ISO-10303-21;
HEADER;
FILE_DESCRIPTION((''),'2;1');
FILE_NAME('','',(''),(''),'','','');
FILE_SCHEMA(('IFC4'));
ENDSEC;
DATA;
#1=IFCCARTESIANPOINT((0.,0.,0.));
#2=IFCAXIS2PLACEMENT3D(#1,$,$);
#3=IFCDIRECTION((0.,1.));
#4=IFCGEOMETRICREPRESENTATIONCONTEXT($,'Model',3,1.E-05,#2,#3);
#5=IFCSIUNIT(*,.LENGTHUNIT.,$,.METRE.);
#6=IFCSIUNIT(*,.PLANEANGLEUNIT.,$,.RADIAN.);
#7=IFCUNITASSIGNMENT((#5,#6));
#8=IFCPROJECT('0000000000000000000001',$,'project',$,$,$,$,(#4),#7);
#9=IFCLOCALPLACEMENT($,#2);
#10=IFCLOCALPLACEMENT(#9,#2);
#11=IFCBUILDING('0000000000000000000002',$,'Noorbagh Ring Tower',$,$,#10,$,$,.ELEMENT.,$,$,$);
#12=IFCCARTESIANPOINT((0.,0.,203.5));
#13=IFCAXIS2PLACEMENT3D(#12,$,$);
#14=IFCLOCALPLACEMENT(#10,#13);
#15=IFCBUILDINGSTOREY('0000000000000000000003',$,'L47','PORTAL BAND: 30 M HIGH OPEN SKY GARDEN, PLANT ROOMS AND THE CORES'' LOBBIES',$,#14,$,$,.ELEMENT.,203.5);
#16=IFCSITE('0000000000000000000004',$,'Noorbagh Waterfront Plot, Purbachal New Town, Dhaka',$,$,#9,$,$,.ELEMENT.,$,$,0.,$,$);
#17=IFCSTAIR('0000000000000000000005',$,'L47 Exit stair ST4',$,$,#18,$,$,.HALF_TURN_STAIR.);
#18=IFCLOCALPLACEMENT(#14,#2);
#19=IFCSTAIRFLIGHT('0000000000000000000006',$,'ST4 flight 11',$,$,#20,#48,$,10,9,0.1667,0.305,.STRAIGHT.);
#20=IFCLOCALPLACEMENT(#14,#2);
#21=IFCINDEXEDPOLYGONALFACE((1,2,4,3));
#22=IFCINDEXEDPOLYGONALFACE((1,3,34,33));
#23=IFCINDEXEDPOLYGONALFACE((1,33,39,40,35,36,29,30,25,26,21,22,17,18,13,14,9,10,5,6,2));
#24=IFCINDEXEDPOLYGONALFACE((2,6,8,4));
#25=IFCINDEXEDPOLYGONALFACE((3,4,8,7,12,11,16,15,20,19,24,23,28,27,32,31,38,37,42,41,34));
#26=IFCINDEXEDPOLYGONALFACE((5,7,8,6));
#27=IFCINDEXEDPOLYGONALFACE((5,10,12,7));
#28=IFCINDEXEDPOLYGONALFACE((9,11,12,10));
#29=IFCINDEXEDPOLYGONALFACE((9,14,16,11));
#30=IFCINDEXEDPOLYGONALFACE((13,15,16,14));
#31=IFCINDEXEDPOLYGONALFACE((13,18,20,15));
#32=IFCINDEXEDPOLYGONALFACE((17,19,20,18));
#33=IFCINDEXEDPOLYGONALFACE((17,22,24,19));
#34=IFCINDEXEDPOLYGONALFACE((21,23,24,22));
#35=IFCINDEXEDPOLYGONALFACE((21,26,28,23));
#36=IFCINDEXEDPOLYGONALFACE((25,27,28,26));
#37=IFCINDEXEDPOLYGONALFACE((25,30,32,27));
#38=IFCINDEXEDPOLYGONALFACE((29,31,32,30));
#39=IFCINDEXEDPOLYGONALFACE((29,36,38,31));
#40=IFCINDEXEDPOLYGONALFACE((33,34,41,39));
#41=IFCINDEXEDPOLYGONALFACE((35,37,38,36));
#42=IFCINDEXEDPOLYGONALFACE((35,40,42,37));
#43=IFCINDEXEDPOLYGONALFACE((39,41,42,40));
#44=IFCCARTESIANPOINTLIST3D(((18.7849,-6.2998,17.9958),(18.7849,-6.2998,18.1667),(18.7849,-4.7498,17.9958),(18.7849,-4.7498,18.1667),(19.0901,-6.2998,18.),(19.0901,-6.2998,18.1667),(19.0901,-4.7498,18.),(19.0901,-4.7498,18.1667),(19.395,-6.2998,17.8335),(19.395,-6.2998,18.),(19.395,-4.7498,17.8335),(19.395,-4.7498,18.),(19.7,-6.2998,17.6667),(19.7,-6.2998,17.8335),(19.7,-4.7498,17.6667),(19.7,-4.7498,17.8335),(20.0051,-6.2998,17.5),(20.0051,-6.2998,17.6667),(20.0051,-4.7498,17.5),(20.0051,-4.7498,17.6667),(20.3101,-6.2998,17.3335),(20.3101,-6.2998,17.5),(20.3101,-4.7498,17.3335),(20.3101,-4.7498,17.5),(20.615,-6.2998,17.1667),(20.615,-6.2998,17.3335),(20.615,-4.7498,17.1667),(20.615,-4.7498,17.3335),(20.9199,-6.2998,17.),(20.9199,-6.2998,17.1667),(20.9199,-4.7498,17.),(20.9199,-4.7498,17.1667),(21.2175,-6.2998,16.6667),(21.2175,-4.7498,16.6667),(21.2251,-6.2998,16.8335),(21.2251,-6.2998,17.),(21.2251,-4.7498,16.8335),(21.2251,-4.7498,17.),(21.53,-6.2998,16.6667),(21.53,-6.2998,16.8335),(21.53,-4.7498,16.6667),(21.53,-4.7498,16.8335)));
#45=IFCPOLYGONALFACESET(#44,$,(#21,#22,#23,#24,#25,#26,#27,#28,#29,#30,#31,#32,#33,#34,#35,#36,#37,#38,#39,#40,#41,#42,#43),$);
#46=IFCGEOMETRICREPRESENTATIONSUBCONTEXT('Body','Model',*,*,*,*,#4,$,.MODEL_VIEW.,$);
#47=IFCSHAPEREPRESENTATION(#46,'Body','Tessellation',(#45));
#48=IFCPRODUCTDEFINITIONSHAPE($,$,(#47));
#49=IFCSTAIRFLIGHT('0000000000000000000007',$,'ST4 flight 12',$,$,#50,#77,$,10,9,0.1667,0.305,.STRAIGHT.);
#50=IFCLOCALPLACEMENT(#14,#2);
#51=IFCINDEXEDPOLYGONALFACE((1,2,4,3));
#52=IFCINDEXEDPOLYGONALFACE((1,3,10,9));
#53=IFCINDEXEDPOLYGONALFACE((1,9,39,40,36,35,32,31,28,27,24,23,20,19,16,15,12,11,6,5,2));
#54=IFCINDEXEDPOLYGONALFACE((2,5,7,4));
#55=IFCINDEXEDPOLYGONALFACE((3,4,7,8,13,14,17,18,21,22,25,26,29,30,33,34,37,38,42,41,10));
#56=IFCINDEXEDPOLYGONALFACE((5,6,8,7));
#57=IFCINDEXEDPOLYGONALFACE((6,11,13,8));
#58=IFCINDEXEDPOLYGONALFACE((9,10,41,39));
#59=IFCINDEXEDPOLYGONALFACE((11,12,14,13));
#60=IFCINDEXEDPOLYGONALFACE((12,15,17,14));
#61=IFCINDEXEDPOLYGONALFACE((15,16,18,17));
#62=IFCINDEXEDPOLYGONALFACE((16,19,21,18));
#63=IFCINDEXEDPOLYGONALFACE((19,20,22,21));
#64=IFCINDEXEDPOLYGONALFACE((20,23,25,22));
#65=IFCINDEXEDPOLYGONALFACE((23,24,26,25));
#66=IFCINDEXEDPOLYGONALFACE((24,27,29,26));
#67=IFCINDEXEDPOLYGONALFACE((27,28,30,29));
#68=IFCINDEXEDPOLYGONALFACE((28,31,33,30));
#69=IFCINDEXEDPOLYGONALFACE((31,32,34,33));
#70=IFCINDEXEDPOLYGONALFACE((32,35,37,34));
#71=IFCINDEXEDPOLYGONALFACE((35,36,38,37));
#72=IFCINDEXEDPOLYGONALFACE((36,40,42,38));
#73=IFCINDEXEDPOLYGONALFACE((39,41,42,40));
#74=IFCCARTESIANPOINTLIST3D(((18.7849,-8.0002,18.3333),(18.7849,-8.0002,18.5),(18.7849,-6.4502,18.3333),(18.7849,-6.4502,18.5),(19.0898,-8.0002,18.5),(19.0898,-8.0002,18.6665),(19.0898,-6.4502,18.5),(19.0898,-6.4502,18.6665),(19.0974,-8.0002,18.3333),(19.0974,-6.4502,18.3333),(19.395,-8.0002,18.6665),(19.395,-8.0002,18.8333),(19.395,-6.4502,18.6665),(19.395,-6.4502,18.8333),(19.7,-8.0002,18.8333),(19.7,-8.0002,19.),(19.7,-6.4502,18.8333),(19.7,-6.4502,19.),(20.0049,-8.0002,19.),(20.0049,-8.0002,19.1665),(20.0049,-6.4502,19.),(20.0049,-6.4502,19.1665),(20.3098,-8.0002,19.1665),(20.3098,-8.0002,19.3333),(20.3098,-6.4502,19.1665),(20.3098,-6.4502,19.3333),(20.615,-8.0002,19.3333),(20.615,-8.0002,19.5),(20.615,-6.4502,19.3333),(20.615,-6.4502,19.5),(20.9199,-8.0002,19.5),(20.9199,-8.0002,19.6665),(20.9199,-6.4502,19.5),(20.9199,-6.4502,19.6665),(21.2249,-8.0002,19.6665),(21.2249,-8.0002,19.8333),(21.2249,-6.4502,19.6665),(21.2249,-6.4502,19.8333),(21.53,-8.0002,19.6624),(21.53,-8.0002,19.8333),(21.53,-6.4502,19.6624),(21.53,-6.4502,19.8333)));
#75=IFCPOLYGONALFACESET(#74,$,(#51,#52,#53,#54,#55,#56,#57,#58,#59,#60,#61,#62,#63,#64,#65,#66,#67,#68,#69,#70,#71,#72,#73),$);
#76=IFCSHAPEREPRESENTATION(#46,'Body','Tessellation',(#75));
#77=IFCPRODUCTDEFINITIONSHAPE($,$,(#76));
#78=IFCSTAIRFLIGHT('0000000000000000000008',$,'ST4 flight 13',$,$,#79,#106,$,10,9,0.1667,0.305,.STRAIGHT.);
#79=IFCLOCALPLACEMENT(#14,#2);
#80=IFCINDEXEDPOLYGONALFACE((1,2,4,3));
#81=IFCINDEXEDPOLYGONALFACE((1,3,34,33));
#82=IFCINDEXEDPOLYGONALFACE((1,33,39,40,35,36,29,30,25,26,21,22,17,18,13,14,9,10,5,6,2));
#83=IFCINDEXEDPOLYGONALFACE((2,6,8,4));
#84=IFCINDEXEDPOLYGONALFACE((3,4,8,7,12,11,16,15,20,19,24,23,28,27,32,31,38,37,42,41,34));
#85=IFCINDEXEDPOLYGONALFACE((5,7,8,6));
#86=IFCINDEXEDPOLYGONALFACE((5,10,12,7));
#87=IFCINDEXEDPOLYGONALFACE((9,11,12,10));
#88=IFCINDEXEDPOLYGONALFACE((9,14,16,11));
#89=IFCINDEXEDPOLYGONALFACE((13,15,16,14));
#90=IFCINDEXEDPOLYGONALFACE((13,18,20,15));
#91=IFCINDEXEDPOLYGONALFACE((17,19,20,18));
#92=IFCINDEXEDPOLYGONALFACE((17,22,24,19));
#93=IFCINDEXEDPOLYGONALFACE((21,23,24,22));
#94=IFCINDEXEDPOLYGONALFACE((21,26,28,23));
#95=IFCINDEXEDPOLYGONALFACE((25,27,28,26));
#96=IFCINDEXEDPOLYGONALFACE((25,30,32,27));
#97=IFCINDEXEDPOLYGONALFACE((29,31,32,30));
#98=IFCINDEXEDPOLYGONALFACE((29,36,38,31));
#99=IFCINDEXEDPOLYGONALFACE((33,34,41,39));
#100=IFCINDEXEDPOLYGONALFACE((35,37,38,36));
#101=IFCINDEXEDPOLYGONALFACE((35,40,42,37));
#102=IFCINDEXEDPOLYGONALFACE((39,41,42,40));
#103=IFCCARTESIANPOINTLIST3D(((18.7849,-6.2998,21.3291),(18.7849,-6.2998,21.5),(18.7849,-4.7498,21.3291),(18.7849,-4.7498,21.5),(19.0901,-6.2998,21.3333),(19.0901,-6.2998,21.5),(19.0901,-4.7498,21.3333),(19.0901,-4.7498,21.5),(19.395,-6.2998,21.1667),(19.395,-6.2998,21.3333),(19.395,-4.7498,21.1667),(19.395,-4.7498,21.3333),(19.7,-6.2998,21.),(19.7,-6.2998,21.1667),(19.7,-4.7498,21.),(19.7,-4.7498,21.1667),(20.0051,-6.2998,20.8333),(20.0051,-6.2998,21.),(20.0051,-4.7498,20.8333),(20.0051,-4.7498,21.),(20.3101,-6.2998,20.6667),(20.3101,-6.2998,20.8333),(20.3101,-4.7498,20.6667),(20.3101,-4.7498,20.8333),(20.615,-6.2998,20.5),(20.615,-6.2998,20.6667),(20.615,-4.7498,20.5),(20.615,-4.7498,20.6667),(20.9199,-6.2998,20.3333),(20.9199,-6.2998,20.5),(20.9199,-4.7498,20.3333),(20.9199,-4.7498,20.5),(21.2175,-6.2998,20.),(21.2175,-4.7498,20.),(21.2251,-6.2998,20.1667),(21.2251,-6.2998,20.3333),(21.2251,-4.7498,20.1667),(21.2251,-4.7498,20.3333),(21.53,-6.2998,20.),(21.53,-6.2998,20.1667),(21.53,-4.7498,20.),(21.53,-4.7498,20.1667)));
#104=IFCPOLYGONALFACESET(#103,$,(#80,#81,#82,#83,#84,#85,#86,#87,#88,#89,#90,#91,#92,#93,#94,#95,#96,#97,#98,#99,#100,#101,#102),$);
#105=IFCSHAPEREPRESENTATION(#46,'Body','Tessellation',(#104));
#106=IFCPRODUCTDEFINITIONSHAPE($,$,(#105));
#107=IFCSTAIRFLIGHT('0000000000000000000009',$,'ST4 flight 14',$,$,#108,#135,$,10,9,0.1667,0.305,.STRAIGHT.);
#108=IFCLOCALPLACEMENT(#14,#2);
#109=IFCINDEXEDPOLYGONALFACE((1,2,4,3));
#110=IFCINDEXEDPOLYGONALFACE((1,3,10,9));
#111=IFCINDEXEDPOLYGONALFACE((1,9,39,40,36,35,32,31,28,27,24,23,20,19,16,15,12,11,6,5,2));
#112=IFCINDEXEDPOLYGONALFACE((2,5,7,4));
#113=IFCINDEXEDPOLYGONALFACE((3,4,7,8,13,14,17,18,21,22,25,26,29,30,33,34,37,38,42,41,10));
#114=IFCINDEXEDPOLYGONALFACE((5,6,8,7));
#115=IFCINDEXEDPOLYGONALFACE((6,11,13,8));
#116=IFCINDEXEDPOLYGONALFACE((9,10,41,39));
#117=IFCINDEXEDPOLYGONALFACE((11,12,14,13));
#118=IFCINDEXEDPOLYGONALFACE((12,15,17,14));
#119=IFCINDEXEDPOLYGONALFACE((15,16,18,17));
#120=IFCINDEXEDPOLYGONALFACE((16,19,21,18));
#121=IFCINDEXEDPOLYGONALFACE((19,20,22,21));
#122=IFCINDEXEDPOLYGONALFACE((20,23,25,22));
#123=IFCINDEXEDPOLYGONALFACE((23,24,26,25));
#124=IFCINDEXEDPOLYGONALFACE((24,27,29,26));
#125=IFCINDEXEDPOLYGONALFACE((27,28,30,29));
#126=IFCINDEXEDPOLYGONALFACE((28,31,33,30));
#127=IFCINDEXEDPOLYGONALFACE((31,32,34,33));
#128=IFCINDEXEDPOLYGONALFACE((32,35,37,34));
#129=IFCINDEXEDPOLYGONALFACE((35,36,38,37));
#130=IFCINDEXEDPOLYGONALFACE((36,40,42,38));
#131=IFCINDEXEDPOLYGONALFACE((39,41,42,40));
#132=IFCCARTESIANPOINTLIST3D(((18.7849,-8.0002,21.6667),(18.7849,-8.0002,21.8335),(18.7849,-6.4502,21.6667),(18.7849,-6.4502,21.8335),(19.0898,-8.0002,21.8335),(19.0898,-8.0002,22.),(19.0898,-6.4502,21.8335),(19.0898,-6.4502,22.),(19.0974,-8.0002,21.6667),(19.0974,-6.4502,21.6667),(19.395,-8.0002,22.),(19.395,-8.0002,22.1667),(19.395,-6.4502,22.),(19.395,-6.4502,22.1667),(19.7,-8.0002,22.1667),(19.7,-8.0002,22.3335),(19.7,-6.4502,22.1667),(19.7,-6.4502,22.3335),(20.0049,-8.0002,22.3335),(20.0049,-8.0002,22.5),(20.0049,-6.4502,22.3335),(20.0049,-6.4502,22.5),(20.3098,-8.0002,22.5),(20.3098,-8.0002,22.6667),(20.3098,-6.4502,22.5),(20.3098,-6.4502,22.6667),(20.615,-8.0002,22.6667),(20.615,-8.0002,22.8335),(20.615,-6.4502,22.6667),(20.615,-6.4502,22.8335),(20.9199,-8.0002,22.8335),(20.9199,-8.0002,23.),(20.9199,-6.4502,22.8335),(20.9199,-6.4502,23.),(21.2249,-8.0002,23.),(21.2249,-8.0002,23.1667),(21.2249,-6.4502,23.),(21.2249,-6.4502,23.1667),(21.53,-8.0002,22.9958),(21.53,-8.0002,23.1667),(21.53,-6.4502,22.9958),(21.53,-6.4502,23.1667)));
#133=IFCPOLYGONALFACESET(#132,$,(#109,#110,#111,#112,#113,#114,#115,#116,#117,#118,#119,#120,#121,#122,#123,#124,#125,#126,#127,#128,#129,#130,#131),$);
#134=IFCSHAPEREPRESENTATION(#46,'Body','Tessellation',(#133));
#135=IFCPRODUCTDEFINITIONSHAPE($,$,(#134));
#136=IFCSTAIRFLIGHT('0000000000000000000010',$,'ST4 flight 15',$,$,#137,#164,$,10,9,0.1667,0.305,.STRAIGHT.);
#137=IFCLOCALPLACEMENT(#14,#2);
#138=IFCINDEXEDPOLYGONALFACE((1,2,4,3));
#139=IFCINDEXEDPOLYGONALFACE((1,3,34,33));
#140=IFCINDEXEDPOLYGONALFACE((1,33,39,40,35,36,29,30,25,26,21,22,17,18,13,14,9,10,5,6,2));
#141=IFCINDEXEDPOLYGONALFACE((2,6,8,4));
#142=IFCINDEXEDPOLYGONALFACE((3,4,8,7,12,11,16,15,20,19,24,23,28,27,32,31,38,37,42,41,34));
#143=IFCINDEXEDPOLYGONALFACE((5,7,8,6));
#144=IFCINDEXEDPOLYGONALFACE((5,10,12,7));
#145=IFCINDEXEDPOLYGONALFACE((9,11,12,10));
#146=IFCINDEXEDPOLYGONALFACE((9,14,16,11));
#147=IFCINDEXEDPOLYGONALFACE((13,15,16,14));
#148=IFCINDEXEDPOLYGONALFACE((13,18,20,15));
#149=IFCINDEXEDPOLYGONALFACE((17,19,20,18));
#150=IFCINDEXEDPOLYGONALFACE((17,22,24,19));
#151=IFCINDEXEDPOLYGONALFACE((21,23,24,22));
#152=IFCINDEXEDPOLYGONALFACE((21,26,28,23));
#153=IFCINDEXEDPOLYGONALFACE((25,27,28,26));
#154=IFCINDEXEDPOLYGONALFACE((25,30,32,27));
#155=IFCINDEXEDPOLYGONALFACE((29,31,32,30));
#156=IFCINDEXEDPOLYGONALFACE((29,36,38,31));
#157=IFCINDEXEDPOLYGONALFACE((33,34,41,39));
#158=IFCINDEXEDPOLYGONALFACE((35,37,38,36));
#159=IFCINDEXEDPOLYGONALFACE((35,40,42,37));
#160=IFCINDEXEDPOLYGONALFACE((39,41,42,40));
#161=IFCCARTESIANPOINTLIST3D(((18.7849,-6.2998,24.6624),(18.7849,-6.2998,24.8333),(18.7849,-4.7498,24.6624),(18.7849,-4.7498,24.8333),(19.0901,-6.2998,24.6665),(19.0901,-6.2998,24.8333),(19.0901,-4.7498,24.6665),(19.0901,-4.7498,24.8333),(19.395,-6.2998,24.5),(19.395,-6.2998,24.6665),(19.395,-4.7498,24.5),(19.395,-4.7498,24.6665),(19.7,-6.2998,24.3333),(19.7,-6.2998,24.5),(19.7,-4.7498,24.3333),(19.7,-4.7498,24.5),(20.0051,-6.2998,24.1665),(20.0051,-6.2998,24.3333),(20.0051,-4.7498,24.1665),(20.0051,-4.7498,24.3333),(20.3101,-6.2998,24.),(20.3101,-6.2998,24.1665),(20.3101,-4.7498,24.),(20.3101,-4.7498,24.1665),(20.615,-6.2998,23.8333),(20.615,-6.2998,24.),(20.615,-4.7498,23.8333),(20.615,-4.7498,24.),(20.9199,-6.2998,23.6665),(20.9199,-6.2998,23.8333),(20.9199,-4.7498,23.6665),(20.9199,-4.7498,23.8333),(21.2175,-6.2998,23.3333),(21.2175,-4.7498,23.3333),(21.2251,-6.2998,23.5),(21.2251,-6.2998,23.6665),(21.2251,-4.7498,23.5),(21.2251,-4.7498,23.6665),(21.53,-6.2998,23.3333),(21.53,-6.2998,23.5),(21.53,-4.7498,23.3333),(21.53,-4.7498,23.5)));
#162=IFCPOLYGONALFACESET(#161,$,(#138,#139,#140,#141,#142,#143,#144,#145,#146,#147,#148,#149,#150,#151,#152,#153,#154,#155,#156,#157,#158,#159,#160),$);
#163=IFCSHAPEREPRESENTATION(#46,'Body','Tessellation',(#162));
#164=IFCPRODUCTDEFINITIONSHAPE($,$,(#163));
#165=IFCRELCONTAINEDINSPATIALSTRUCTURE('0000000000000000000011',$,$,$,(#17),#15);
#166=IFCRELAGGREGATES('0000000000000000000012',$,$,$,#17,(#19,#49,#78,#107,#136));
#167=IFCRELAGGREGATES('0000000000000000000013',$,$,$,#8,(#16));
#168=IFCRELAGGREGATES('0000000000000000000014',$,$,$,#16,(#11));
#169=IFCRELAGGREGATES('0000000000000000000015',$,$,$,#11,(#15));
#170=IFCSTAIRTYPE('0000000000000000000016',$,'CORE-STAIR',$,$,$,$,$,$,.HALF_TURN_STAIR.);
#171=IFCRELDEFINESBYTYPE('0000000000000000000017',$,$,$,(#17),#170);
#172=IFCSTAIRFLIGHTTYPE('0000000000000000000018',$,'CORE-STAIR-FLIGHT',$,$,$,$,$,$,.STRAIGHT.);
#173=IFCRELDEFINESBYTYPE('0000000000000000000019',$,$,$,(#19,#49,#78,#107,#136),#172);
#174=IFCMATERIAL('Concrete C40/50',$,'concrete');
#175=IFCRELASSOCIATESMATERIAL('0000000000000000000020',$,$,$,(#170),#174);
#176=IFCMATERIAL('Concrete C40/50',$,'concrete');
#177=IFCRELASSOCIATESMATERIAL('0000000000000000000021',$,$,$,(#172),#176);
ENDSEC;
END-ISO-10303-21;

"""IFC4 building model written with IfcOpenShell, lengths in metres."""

from ifc_helpers import new_model, si_unit, direction, frame, origin, place, context, subcontext, project, spatial, polyline, outline, extrude, material, type_object, element, aggregate, save


model = new_model("IFC4")

# Units and contexts
model_context = context("Model", 3, precision=1e-05, world=origin(), true_north=direction((0.0, 1.0)))
body_context = subcontext(model_context, "Body", "Model", "MODEL_VIEW")
ifc_project = project(units=[si_unit("LENGTHUNIT", "METRE"), si_unit("PLANEANGLEUNIT", "RADIAN")], contexts=[model_context])

# Site, building, storey
site_placement = place(None, origin())
site = spatial("IfcSite", under=ifc_project, at=site_placement, Name="Noorbagh Waterfront Plot, Purbachal New Town, Dhaka", CompositionType="ELEMENT", RefElevation=0.0)
building_placement = place(site_placement, origin())
building = spatial("IfcBuilding", under=site, at=building_placement, Name="Noorbagh Ring Tower", CompositionType="ELEMENT")
storey_placement = place(building_placement, frame((0.0, 0.0, 203.5)))
storey = spatial("IfcBuildingStorey", under=building, at=storey_placement, Name="L47", Description="PORTAL BAND: 30 M HIGH OPEN SKY GARDEN, PLANT ROOMS AND THE CORES' LOBBIES", CompositionType="ELEMENT", Elevation=203.5)

# Stair, stair flights
ifc_material_1 = material(Name="Concrete C40/50", Category="concrete")
stair_type = type_object("IfcStairType", Name="CORE-STAIR", PredefinedType="HALF_TURN_STAIR", material=ifc_material_1)
stair_placement = place(storey_placement, origin())
stair = element("IfcStair", 1, at=stair_placement, inside=storey, type_object=stair_type, Name="L47 Exit stair ST4", PredefinedType="HALF_TURN_STAIR")
ifc_material_2 = material(Name="Concrete C40/50", Category="concrete")
stair_flight_type = type_object("IfcStairFlightType", Name="CORE-STAIR-FLIGHT", PredefinedType="STRAIGHT", material=ifc_material_2)
stair_flight_1_placement = place(storey_placement, frame((21.53, -5.5249, 16.6667), z_axis=(0.0, 0.0, 1.0), x_axis=(-1.0, 0.0, 0.0)))
stair_flight_1 = element("IfcStairFlight", 2, at=stair_flight_1_placement, type_object=stair_flight_type, Name="ST4 flight 11", NumberOfRisers=10, NumberOfTreads=9, PredefinedType="STRAIGHT", RiserHeight=0.1667, TreadLength=0.305, context=body_context, shape_type="SweptSolid", body=[
    extrude(outline(polyline([(0.0, 0.0), (0.0, 0.1667), (0.3049, 0.1667), (0.3049, 0.3333), (0.6101, 0.3333), (0.6101, 0.5), (0.915, 0.5), (0.915, 0.6667), (1.22, 0.6667), (1.22, 0.8333), (1.5249, 0.8333), (1.5249, 1.0), (1.8301, 1.0), (1.8301, 1.1667), (2.135, 1.1667), (2.135, 1.3333), (2.4399, 1.3333), (2.4399, 1.5), (2.7451, 1.5), (2.7451, 1.6667), (2.7451, 1.3291), (0.3125, 0.0), (0.0, 0.0)])), frame((0.0, 0.7749, 0.0), z_axis=(0.0, -1.0, 0.0), x_axis=(1.0, 0.0, 0.0)), (0.0, 0.0, 1.0), 1.55),
])
stair_flight_2_placement = place(storey_placement, frame((18.7849, -7.2251, 18.3333), z_axis=(0.0, 0.0, 1.0), x_axis=(1.0, 0.0, 0.0)))
stair_flight_2 = element("IfcStairFlight", 3, at=stair_flight_2_placement, type_object=stair_flight_type, Name="ST4 flight 12", NumberOfRisers=10, NumberOfTreads=9, PredefinedType="STRAIGHT", RiserHeight=0.1667, TreadLength=0.305, context=body_context, shape_type="SweptSolid", body=[
    extrude(outline(polyline([(0.0, 0.0), (0.0, 0.1667), (0.3049, 0.1667), (0.3049, 0.3333), (0.6101, 0.3333), (0.6101, 0.5), (0.915, 0.5), (0.915, 0.6667), (1.22, 0.6667), (1.22, 0.8333), (1.5249, 0.8333), (1.5249, 1.0), (1.8301, 1.0), (1.8301, 1.1667), (2.135, 1.1667), (2.135, 1.3333), (2.4399, 1.3333), (2.4399, 1.5), (2.7451, 1.5), (2.7451, 1.6667), (2.7451, 1.3291), (0.3125, 0.0), (0.0, 0.0)])), frame((0.0, 0.7749, 0.0), z_axis=(0.0, -1.0, 0.0), x_axis=(1.0, 0.0, 0.0)), (0.0, 0.0, 1.0), 1.55),
])
stair_flight_3_placement = place(storey_placement, frame((21.53, -5.5249, 20.0), z_axis=(0.0, 0.0, 1.0), x_axis=(-1.0, 0.0, 0.0)))
stair_flight_3 = element("IfcStairFlight", 4, at=stair_flight_3_placement, type_object=stair_flight_type, Name="ST4 flight 13", NumberOfRisers=10, NumberOfTreads=9, PredefinedType="STRAIGHT", RiserHeight=0.1667, TreadLength=0.305, context=body_context, shape_type="SweptSolid", body=[
    extrude(outline(polyline([(0.0, 0.0), (0.0, 0.1667), (0.3049, 0.1667), (0.3049, 0.3333), (0.6101, 0.3333), (0.6101, 0.5), (0.915, 0.5), (0.915, 0.6667), (1.22, 0.6667), (1.22, 0.8333), (1.5249, 0.8333), (1.5249, 1.0), (1.8301, 1.0), (1.8301, 1.1667), (2.135, 1.1667), (2.135, 1.3333), (2.4399, 1.3333), (2.4399, 1.5), (2.7451, 1.5), (2.7451, 1.6667), (2.7451, 1.3291), (0.3125, 0.0), (0.0, 0.0)])), frame((0.0, 0.7749, 0.0), z_axis=(0.0, -1.0, 0.0), x_axis=(1.0, 0.0, 0.0)), (0.0, 0.0, 1.0), 1.55),
])
stair_flight_4_placement = place(storey_placement, frame((18.7849, -7.2251, 21.6667), z_axis=(0.0, 0.0, 1.0), x_axis=(1.0, 0.0, 0.0)))
stair_flight_4 = element("IfcStairFlight", 5, at=stair_flight_4_placement, type_object=stair_flight_type, Name="ST4 flight 14", NumberOfRisers=10, NumberOfTreads=9, PredefinedType="STRAIGHT", RiserHeight=0.1667, TreadLength=0.305, context=body_context, shape_type="SweptSolid", body=[
    extrude(outline(polyline([(0.0, 0.0), (0.0, 0.1667), (0.3049, 0.1667), (0.3049, 0.3333), (0.6101, 0.3333), (0.6101, 0.5), (0.915, 0.5), (0.915, 0.6667), (1.22, 0.6667), (1.22, 0.8333), (1.5249, 0.8333), (1.5249, 1.0), (1.8301, 1.0), (1.8301, 1.1667), (2.135, 1.1667), (2.135, 1.3333), (2.4399, 1.3333), (2.4399, 1.5), (2.7451, 1.5), (2.7451, 1.6667), (2.7451, 1.3291), (0.3125, 0.0), (0.0, 0.0)])), frame((0.0, 0.7749, 0.0), z_axis=(0.0, -1.0, 0.0), x_axis=(1.0, 0.0, 0.0)), (0.0, 0.0, 1.0), 1.55),
])
stair_flight_5_placement = place(storey_placement, frame((21.53, -5.5249, 23.3333), z_axis=(0.0, 0.0, 1.0), x_axis=(-1.0, 0.0, 0.0)))
stair_flight_5 = element("IfcStairFlight", 6, at=stair_flight_5_placement, type_object=stair_flight_type, Name="ST4 flight 15", NumberOfRisers=10, NumberOfTreads=9, PredefinedType="STRAIGHT", RiserHeight=0.1667, TreadLength=0.305, context=body_context, shape_type="SweptSolid", body=[
    extrude(outline(polyline([(0.0, 0.0), (0.0, 0.1667), (0.3049, 0.1667), (0.3049, 0.3333), (0.6101, 0.3333), (0.6101, 0.5), (0.915, 0.5), (0.915, 0.6667), (1.22, 0.6667), (1.22, 0.8333), (1.5249, 0.8333), (1.5249, 1.0), (1.8301, 1.0), (1.8301, 1.1667), (2.135, 1.1667), (2.135, 1.3333), (2.4399, 1.3333), (2.4399, 1.5), (2.7451, 1.5), (2.7451, 1.6667), (2.7451, 1.3291), (0.3125, 0.0), (0.0, 0.0)])), frame((0.0, 0.7749, 0.0), z_axis=(0.0, -1.0, 0.0), x_axis=(1.0, 0.0, 0.0)), (0.0, 0.0, 1.0), 1.55),
])
aggregate(stair, [stair_flight_1, stair_flight_2, stair_flight_3, stair_flight_4, stair_flight_5])

save(model, "model.ifc")
